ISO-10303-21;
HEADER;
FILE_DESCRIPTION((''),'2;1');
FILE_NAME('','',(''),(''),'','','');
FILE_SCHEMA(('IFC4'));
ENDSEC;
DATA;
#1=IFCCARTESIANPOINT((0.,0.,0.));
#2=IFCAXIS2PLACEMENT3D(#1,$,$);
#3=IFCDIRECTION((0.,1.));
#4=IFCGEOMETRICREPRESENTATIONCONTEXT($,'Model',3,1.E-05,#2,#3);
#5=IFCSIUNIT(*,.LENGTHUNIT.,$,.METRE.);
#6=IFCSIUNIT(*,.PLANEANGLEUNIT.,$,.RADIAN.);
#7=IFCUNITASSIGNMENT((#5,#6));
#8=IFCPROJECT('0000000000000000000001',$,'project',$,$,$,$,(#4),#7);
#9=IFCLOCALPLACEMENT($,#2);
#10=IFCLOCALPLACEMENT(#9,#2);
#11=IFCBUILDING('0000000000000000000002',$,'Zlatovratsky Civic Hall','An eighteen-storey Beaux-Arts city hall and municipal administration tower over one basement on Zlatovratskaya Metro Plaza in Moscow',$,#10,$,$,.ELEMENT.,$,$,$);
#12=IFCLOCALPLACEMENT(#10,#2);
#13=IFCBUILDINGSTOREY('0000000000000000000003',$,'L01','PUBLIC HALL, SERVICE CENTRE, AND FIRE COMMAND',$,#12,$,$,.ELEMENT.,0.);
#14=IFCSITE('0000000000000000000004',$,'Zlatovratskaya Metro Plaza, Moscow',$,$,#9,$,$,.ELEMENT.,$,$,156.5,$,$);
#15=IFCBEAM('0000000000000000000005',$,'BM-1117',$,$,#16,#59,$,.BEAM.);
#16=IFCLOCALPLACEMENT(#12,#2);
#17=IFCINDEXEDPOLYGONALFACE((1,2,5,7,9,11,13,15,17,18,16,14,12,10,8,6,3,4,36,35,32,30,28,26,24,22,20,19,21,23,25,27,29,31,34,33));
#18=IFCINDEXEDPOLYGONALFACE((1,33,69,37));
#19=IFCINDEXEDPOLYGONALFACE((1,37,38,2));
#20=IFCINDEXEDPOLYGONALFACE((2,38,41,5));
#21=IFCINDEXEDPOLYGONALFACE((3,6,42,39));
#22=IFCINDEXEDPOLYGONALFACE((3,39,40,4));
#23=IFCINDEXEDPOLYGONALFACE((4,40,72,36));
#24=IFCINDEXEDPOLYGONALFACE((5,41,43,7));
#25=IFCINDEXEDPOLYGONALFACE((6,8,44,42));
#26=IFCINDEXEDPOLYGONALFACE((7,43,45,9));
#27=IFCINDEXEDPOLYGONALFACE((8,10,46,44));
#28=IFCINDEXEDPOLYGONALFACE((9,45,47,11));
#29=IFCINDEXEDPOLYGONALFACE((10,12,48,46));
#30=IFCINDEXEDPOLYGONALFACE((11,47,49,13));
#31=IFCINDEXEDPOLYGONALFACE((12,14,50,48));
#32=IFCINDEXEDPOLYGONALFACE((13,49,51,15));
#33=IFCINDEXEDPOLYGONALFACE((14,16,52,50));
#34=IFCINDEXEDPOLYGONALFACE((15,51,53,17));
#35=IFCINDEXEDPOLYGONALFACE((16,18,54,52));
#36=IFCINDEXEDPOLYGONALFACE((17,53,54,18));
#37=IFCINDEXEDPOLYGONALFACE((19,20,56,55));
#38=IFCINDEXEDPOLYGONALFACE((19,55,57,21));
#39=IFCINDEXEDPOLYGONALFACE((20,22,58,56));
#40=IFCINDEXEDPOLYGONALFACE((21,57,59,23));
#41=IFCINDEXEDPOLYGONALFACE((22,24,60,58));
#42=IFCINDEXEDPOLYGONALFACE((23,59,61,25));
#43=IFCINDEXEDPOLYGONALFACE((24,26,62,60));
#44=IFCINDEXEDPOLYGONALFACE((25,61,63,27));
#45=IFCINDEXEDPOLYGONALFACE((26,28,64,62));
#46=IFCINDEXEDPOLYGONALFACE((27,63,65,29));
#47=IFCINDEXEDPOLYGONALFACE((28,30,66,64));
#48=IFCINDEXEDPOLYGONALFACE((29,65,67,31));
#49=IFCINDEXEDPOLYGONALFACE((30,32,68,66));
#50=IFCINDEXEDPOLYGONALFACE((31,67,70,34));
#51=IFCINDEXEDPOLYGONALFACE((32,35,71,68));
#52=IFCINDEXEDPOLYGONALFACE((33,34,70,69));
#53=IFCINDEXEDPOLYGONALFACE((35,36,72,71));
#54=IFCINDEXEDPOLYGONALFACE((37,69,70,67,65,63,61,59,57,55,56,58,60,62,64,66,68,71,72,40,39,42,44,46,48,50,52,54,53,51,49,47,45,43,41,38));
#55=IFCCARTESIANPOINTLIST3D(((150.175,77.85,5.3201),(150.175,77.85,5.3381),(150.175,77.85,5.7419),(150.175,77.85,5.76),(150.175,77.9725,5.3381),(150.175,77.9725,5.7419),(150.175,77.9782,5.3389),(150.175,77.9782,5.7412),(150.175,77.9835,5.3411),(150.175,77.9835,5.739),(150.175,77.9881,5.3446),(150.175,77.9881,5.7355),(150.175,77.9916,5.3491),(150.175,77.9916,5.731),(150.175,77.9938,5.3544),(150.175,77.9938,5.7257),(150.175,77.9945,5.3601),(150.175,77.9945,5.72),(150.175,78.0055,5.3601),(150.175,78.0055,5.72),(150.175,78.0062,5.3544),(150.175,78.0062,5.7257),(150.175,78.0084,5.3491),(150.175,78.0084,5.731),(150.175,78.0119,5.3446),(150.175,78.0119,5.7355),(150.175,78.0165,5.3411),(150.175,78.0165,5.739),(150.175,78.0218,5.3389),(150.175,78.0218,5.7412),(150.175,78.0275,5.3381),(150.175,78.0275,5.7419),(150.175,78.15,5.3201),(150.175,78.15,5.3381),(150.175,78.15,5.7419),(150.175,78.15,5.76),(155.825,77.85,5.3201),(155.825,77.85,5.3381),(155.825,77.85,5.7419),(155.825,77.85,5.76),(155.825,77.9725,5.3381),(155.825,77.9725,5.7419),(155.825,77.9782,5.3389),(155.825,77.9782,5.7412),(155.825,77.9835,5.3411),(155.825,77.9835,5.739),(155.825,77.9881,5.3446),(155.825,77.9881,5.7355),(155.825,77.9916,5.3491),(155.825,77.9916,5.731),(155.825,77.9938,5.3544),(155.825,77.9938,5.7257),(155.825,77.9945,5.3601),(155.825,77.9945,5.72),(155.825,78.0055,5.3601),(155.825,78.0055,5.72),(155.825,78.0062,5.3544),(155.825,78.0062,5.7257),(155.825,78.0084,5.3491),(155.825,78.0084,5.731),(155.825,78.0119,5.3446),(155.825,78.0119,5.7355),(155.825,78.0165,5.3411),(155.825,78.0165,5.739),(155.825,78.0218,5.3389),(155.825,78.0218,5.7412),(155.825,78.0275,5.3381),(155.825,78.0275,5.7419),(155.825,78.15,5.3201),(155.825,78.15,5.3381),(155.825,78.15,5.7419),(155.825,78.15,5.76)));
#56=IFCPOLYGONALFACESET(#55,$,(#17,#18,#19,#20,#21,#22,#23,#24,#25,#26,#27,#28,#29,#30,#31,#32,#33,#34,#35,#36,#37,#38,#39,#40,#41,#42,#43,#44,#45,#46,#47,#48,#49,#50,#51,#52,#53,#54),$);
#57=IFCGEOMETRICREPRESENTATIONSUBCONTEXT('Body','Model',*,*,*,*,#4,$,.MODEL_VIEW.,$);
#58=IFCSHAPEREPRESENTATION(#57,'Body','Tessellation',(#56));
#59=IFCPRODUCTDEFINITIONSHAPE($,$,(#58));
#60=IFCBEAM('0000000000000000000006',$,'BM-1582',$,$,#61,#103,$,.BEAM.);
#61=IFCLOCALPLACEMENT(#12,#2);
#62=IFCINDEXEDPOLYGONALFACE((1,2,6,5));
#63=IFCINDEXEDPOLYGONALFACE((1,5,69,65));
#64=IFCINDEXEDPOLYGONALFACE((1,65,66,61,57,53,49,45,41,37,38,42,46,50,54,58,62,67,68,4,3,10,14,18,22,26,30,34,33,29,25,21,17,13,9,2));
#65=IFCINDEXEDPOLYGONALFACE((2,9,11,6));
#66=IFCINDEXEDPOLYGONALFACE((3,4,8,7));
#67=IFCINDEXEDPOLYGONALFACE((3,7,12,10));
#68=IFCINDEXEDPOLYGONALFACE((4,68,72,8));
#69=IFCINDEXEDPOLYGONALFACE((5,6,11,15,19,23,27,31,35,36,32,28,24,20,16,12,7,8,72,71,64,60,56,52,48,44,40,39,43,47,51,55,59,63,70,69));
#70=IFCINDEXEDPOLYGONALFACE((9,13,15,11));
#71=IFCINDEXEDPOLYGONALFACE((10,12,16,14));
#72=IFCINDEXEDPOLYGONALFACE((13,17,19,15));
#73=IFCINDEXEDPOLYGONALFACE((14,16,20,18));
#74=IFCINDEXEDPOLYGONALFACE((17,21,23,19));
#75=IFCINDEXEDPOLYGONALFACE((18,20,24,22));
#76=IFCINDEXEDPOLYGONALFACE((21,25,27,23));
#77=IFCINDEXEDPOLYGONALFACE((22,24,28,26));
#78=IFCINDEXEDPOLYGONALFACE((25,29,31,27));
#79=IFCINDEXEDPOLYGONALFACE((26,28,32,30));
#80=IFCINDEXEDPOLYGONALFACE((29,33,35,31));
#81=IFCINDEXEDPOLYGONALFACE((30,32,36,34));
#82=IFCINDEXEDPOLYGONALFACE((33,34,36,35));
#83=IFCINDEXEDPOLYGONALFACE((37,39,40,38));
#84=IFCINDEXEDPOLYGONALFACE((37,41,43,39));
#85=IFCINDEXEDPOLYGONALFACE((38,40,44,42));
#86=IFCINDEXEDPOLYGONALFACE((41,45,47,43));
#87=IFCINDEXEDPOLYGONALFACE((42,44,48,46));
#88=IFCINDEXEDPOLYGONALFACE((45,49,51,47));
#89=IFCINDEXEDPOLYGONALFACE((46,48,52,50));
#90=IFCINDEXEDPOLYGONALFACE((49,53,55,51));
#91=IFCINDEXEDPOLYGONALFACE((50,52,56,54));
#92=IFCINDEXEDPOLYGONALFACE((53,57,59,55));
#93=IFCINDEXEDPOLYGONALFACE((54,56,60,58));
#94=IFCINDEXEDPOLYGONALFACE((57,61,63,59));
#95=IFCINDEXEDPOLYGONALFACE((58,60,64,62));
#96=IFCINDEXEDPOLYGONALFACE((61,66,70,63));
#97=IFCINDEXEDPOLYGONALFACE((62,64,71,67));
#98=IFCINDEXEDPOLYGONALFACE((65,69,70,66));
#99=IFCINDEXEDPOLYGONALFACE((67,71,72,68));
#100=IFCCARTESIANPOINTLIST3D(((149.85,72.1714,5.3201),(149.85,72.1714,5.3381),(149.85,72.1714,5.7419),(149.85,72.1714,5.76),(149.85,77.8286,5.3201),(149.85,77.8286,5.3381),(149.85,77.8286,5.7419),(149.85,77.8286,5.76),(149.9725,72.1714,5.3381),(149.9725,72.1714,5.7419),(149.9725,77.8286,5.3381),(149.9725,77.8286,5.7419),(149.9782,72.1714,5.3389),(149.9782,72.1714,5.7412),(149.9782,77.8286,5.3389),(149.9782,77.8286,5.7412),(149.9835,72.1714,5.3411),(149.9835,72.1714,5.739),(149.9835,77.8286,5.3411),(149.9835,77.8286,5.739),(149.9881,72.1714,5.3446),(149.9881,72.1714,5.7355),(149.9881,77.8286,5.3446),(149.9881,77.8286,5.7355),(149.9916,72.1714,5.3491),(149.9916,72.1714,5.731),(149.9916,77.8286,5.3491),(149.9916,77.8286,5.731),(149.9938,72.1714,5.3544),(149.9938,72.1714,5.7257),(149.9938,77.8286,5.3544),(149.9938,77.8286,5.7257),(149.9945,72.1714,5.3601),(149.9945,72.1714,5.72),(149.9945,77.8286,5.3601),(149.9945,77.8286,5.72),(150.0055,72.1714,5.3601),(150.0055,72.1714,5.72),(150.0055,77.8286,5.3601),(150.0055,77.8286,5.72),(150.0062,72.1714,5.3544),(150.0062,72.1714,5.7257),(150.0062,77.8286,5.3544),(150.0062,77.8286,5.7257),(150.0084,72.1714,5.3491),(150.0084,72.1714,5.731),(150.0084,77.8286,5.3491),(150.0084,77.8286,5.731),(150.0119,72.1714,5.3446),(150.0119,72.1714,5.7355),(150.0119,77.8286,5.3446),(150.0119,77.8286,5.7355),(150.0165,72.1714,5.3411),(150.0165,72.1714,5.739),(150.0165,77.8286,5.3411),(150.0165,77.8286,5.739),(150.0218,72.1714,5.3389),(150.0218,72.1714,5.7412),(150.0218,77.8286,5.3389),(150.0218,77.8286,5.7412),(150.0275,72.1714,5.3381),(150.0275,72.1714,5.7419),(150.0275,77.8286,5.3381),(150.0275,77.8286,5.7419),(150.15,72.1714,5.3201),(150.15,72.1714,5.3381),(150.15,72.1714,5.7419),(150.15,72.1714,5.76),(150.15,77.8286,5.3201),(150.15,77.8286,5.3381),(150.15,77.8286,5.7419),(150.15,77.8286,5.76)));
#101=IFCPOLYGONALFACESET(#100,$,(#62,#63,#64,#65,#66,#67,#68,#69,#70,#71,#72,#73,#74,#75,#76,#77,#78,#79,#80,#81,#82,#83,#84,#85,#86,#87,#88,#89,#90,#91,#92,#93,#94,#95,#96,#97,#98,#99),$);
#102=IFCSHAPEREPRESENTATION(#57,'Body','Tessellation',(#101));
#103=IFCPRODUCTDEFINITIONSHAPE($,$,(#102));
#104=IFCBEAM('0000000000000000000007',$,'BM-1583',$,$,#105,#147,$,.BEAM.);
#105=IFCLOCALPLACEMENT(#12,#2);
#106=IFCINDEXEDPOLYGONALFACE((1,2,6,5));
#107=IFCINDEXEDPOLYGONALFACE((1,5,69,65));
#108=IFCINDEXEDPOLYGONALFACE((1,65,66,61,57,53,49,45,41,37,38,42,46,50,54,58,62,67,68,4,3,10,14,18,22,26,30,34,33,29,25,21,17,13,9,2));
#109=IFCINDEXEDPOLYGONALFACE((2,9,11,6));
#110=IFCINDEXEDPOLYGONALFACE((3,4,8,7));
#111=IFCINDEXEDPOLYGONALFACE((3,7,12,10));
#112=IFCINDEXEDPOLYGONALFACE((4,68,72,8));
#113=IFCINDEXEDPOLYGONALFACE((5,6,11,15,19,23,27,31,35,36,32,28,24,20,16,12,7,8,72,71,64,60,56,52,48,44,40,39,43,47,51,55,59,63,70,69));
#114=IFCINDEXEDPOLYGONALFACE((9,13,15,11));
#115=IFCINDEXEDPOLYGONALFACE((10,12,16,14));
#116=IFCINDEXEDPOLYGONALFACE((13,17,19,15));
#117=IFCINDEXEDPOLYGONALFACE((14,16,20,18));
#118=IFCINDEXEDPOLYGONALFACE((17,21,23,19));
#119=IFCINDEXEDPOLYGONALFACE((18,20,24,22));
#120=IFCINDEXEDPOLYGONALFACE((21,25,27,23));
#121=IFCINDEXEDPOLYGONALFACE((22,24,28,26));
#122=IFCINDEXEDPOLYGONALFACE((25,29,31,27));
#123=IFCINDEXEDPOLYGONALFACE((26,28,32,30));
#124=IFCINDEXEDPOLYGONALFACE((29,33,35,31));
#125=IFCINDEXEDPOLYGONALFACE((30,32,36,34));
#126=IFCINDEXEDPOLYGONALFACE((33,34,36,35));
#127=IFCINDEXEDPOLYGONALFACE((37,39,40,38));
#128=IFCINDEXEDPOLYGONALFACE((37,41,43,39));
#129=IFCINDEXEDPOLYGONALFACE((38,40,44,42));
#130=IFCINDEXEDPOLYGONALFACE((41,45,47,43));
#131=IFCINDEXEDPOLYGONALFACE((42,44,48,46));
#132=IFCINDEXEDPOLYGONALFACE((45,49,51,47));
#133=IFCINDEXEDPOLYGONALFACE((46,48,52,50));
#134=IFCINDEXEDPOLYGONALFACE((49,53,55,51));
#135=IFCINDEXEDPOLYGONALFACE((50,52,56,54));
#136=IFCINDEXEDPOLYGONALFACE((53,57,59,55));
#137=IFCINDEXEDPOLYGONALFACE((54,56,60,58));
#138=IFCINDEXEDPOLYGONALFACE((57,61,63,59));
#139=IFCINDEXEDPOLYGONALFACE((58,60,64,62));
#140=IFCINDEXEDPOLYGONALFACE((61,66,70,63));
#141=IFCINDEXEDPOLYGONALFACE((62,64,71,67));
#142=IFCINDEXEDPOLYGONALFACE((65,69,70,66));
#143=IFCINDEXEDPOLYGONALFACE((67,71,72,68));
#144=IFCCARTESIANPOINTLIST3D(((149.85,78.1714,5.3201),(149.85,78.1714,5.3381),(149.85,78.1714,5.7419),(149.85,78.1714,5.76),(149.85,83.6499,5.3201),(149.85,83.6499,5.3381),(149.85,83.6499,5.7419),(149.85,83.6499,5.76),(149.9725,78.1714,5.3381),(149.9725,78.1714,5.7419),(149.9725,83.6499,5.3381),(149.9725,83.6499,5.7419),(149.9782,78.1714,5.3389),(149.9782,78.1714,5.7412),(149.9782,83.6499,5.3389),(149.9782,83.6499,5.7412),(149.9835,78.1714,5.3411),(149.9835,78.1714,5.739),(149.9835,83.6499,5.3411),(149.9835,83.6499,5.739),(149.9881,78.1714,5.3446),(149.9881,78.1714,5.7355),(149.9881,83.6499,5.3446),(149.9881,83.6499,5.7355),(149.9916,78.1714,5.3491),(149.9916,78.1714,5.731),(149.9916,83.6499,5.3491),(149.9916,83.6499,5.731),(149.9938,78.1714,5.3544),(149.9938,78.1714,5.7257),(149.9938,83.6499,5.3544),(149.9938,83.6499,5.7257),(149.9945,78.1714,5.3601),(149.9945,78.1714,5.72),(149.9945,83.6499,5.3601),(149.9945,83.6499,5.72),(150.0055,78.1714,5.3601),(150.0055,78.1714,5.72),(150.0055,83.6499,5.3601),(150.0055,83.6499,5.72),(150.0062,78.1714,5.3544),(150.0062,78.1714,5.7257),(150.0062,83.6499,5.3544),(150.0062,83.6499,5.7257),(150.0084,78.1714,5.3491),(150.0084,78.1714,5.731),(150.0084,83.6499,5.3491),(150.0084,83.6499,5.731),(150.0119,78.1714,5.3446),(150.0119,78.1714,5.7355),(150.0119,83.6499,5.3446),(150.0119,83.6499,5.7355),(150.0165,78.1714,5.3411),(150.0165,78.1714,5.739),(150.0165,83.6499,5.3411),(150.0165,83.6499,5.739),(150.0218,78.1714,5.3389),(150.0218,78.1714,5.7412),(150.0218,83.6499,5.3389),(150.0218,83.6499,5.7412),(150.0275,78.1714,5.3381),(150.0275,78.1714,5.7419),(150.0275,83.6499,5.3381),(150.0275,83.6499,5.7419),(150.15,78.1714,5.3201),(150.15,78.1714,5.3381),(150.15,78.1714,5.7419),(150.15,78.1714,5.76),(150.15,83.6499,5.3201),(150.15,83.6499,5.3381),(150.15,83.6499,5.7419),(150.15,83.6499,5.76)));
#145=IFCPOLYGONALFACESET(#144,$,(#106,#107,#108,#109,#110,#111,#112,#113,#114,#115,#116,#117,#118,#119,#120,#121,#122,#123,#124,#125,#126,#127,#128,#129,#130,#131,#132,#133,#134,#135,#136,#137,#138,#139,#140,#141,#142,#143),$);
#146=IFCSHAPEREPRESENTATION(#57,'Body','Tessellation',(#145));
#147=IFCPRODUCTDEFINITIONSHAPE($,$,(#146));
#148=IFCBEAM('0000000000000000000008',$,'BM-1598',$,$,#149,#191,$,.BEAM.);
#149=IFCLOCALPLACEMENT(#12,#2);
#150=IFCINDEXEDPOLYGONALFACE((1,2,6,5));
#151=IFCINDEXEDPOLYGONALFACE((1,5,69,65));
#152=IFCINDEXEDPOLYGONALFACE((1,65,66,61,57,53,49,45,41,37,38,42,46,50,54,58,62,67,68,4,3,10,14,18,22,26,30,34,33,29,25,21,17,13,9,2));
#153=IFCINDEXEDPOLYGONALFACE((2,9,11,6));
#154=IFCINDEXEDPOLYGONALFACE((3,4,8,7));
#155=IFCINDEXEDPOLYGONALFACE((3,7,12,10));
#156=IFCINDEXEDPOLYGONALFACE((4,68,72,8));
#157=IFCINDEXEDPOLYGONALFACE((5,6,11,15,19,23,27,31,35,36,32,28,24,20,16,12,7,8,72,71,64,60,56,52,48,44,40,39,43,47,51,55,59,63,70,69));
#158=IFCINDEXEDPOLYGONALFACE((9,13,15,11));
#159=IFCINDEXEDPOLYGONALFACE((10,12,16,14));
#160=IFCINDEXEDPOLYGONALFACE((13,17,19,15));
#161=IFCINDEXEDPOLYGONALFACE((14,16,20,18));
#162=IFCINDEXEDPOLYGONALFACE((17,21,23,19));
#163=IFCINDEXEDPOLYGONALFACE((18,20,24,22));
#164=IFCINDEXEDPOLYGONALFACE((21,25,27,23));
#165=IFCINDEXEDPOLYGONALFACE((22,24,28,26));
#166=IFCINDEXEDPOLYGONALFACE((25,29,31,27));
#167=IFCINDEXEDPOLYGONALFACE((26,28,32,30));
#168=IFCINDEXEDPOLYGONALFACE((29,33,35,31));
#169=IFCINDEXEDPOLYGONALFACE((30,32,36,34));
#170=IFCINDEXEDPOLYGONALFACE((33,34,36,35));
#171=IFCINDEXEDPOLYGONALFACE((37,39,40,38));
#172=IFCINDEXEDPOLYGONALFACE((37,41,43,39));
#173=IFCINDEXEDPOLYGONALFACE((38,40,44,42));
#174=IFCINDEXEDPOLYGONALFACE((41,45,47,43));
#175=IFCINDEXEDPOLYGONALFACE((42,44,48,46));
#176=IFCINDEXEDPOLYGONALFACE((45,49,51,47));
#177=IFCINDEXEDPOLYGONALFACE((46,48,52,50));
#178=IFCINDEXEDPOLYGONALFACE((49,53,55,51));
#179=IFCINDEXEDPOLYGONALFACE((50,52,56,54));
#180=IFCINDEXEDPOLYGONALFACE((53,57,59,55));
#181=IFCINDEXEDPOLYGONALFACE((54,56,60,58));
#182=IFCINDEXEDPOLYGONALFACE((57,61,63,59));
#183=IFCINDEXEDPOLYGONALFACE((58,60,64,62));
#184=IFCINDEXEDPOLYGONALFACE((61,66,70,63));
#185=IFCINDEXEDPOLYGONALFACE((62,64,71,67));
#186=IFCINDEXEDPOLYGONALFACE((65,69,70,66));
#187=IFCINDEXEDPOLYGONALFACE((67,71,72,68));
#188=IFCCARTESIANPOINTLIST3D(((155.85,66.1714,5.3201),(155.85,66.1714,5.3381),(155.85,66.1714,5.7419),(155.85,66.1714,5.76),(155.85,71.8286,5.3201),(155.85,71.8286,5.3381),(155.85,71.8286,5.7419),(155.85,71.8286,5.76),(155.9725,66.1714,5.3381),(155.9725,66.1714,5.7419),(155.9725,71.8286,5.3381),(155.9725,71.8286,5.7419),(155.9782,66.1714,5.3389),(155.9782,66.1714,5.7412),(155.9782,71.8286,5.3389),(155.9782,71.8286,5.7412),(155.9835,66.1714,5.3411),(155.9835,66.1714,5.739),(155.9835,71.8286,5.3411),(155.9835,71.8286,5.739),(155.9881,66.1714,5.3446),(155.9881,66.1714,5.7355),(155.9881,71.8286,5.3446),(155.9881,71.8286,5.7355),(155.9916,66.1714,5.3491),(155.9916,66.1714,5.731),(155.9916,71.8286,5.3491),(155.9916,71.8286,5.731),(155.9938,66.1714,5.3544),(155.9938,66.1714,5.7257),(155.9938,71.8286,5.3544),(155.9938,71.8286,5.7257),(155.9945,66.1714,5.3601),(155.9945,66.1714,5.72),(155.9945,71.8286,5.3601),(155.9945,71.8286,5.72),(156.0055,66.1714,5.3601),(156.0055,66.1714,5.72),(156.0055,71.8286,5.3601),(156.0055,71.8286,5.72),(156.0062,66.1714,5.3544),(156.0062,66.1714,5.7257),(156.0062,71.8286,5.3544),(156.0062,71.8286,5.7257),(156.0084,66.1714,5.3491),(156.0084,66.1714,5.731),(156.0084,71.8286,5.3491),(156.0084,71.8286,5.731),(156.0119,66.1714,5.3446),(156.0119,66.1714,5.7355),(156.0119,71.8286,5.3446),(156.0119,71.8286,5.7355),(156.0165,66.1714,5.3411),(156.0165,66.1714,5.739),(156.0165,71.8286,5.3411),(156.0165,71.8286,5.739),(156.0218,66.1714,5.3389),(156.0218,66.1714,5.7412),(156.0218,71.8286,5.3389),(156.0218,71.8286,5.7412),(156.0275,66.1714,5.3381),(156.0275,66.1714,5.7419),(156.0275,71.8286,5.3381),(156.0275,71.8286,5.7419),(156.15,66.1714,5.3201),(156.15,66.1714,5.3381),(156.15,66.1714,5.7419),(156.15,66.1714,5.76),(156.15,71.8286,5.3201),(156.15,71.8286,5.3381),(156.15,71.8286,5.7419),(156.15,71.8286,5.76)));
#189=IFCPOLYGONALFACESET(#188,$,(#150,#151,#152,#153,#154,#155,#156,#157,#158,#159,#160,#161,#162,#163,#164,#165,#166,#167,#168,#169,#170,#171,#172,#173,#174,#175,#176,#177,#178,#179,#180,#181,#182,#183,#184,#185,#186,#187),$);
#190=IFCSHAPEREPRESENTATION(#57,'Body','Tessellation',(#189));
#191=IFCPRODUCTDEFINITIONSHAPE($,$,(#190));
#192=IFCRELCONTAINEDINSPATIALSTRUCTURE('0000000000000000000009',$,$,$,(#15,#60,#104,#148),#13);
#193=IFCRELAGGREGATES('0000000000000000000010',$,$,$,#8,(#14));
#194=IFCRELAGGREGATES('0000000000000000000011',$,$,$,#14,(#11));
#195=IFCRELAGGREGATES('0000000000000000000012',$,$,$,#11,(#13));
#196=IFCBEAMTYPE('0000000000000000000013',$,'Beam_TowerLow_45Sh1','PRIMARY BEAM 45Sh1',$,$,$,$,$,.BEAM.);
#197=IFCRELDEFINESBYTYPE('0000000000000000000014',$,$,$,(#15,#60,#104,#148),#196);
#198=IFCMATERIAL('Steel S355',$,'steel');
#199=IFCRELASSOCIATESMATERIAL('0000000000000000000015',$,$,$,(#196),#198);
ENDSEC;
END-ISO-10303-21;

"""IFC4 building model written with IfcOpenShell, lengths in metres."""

from ifc_helpers import new_model, si_unit, direction, frame, origin, origin_2d, place, context, subcontext, project, spatial, i_section, extrude, material, material_profile, profile_set, type_object, element, save


model = new_model("IFC4")

# Units and contexts
model_context = context("Model", 3, precision=1e-05, world=origin(), true_north=direction((0.0, 1.0)))
body_context = subcontext(model_context, "Body", "Model", "MODEL_VIEW")
ifc_project = project(units=[si_unit("LENGTHUNIT", "METRE"), si_unit("PLANEANGLEUNIT", "RADIAN")], contexts=[model_context])

# Site, building, storey
site_placement = place(None, origin())
site = spatial("IfcSite", under=ifc_project, at=site_placement, Name="Zlatovratskaya Metro Plaza, Moscow", CompositionType="ELEMENT", RefElevation=156.5)
building_placement = place(site_placement, origin())
building = spatial("IfcBuilding", under=site, at=building_placement, Name="Zlatovratsky Civic Hall", Description="An eighteen-storey Beaux-Arts city hall and municipal administration tower over one basement on Zlatovratskaya Metro Plaza in Moscow", CompositionType="ELEMENT")
storey_placement = place(building_placement, origin())
storey = spatial("IfcBuildingStorey", under=building, at=storey_placement, Name="L01", Description="PUBLIC HALL, SERVICE CENTRE, AND FIRE COMMAND", CompositionType="ELEMENT", Elevation=0.0)

# Shared definitions
ifc_material_1 = material(Name="Steel S355", Category="steel")

# Beams
ifc_material_profile_1 = material_profile(ifc_material_1, i_section(OverallWidth=0.3, OverallDepth=0.4399, WebThickness=0.011, FlangeThickness=0.0181, FilletRadius=0.022, at=origin_2d()), Name="45Sh1")
ifc_profile_set_1 = profile_set([ifc_material_profile_1], Name="Steel S355")
beam_type_1 = type_object("IfcBeamType", Name="Beam_TowerLow_45Sh1", Description="PRIMARY BEAM 45Sh1", PredefinedType="BEAM", material=ifc_profile_set_1)
for number, where, z_axis, x_axis, name in (
    (1, (150.175, 78.0, 5.54), (1.0, 0.0, 0.0), (0.0, 1.0, 0.0), "BM-1117"),
):
    element("IfcBeam", number, at=place(storey_placement, frame(where, z_axis=z_axis, x_axis=x_axis)), inside=storey, type_object=beam_type_1, Name=name, PredefinedType="BEAM", context=body_context, shape_type="SweptSolid", body=[
        extrude(i_section(OverallWidth=0.3, OverallDepth=0.4399, WebThickness=0.011, FlangeThickness=0.0181, FilletRadius=0.022, at=origin_2d()), origin(), (0.0, 0.0, 1.0), 5.6499),
    ])
beam_1_placement = place(storey_placement, frame((150.0, 72.1714, 5.54), z_axis=(0.0, 1.0, 0.0), x_axis=(-1.0, 0.0, 0.0)))
element("IfcBeam", 2, at=beam_1_placement, inside=storey, type_object=beam_type_1, Name="BM-1582", PredefinedType="BEAM", context=body_context, shape_type="SweptSolid", body=[
    extrude(i_section(OverallWidth=0.3, OverallDepth=0.4399, WebThickness=0.011, FlangeThickness=0.0181, FilletRadius=0.022, at=origin_2d()), origin(), (0.0, 0.0, 1.0), 5.6572),
])
beam_2_placement = place(storey_placement, frame((150.0, 78.1714, 5.54), z_axis=(0.0, 1.0, 0.0), x_axis=(-1.0, 0.0, 0.0)))
element("IfcBeam", 3, at=beam_2_placement, inside=storey, type_object=beam_type_1, Name="BM-1583", PredefinedType="BEAM", context=body_context, shape_type="SweptSolid", body=[
    extrude(i_section(OverallWidth=0.3, OverallDepth=0.4399, WebThickness=0.011, FlangeThickness=0.0181, FilletRadius=0.022, at=origin_2d()), origin(), (0.0, 0.0, 1.0), 5.4785),
])
for number, where, z_axis, x_axis, name in (
    (4, (156.0, 66.1714, 5.54), (0.0, 1.0, 0.0), (-1.0, 0.0, 0.0), "BM-1598"),
):
    element("IfcBeam", number, at=place(storey_placement, frame(where, z_axis=z_axis, x_axis=x_axis)), inside=storey, type_object=beam_type_1, Name=name, PredefinedType="BEAM", context=body_context, shape_type="SweptSolid", body=[
        extrude(i_section(OverallWidth=0.3, OverallDepth=0.4399, WebThickness=0.011, FlangeThickness=0.0181, FilletRadius=0.022, at=origin_2d()), origin(), (0.0, 0.0, 1.0), 5.6572),
    ])

save(model, "model.ifc")
